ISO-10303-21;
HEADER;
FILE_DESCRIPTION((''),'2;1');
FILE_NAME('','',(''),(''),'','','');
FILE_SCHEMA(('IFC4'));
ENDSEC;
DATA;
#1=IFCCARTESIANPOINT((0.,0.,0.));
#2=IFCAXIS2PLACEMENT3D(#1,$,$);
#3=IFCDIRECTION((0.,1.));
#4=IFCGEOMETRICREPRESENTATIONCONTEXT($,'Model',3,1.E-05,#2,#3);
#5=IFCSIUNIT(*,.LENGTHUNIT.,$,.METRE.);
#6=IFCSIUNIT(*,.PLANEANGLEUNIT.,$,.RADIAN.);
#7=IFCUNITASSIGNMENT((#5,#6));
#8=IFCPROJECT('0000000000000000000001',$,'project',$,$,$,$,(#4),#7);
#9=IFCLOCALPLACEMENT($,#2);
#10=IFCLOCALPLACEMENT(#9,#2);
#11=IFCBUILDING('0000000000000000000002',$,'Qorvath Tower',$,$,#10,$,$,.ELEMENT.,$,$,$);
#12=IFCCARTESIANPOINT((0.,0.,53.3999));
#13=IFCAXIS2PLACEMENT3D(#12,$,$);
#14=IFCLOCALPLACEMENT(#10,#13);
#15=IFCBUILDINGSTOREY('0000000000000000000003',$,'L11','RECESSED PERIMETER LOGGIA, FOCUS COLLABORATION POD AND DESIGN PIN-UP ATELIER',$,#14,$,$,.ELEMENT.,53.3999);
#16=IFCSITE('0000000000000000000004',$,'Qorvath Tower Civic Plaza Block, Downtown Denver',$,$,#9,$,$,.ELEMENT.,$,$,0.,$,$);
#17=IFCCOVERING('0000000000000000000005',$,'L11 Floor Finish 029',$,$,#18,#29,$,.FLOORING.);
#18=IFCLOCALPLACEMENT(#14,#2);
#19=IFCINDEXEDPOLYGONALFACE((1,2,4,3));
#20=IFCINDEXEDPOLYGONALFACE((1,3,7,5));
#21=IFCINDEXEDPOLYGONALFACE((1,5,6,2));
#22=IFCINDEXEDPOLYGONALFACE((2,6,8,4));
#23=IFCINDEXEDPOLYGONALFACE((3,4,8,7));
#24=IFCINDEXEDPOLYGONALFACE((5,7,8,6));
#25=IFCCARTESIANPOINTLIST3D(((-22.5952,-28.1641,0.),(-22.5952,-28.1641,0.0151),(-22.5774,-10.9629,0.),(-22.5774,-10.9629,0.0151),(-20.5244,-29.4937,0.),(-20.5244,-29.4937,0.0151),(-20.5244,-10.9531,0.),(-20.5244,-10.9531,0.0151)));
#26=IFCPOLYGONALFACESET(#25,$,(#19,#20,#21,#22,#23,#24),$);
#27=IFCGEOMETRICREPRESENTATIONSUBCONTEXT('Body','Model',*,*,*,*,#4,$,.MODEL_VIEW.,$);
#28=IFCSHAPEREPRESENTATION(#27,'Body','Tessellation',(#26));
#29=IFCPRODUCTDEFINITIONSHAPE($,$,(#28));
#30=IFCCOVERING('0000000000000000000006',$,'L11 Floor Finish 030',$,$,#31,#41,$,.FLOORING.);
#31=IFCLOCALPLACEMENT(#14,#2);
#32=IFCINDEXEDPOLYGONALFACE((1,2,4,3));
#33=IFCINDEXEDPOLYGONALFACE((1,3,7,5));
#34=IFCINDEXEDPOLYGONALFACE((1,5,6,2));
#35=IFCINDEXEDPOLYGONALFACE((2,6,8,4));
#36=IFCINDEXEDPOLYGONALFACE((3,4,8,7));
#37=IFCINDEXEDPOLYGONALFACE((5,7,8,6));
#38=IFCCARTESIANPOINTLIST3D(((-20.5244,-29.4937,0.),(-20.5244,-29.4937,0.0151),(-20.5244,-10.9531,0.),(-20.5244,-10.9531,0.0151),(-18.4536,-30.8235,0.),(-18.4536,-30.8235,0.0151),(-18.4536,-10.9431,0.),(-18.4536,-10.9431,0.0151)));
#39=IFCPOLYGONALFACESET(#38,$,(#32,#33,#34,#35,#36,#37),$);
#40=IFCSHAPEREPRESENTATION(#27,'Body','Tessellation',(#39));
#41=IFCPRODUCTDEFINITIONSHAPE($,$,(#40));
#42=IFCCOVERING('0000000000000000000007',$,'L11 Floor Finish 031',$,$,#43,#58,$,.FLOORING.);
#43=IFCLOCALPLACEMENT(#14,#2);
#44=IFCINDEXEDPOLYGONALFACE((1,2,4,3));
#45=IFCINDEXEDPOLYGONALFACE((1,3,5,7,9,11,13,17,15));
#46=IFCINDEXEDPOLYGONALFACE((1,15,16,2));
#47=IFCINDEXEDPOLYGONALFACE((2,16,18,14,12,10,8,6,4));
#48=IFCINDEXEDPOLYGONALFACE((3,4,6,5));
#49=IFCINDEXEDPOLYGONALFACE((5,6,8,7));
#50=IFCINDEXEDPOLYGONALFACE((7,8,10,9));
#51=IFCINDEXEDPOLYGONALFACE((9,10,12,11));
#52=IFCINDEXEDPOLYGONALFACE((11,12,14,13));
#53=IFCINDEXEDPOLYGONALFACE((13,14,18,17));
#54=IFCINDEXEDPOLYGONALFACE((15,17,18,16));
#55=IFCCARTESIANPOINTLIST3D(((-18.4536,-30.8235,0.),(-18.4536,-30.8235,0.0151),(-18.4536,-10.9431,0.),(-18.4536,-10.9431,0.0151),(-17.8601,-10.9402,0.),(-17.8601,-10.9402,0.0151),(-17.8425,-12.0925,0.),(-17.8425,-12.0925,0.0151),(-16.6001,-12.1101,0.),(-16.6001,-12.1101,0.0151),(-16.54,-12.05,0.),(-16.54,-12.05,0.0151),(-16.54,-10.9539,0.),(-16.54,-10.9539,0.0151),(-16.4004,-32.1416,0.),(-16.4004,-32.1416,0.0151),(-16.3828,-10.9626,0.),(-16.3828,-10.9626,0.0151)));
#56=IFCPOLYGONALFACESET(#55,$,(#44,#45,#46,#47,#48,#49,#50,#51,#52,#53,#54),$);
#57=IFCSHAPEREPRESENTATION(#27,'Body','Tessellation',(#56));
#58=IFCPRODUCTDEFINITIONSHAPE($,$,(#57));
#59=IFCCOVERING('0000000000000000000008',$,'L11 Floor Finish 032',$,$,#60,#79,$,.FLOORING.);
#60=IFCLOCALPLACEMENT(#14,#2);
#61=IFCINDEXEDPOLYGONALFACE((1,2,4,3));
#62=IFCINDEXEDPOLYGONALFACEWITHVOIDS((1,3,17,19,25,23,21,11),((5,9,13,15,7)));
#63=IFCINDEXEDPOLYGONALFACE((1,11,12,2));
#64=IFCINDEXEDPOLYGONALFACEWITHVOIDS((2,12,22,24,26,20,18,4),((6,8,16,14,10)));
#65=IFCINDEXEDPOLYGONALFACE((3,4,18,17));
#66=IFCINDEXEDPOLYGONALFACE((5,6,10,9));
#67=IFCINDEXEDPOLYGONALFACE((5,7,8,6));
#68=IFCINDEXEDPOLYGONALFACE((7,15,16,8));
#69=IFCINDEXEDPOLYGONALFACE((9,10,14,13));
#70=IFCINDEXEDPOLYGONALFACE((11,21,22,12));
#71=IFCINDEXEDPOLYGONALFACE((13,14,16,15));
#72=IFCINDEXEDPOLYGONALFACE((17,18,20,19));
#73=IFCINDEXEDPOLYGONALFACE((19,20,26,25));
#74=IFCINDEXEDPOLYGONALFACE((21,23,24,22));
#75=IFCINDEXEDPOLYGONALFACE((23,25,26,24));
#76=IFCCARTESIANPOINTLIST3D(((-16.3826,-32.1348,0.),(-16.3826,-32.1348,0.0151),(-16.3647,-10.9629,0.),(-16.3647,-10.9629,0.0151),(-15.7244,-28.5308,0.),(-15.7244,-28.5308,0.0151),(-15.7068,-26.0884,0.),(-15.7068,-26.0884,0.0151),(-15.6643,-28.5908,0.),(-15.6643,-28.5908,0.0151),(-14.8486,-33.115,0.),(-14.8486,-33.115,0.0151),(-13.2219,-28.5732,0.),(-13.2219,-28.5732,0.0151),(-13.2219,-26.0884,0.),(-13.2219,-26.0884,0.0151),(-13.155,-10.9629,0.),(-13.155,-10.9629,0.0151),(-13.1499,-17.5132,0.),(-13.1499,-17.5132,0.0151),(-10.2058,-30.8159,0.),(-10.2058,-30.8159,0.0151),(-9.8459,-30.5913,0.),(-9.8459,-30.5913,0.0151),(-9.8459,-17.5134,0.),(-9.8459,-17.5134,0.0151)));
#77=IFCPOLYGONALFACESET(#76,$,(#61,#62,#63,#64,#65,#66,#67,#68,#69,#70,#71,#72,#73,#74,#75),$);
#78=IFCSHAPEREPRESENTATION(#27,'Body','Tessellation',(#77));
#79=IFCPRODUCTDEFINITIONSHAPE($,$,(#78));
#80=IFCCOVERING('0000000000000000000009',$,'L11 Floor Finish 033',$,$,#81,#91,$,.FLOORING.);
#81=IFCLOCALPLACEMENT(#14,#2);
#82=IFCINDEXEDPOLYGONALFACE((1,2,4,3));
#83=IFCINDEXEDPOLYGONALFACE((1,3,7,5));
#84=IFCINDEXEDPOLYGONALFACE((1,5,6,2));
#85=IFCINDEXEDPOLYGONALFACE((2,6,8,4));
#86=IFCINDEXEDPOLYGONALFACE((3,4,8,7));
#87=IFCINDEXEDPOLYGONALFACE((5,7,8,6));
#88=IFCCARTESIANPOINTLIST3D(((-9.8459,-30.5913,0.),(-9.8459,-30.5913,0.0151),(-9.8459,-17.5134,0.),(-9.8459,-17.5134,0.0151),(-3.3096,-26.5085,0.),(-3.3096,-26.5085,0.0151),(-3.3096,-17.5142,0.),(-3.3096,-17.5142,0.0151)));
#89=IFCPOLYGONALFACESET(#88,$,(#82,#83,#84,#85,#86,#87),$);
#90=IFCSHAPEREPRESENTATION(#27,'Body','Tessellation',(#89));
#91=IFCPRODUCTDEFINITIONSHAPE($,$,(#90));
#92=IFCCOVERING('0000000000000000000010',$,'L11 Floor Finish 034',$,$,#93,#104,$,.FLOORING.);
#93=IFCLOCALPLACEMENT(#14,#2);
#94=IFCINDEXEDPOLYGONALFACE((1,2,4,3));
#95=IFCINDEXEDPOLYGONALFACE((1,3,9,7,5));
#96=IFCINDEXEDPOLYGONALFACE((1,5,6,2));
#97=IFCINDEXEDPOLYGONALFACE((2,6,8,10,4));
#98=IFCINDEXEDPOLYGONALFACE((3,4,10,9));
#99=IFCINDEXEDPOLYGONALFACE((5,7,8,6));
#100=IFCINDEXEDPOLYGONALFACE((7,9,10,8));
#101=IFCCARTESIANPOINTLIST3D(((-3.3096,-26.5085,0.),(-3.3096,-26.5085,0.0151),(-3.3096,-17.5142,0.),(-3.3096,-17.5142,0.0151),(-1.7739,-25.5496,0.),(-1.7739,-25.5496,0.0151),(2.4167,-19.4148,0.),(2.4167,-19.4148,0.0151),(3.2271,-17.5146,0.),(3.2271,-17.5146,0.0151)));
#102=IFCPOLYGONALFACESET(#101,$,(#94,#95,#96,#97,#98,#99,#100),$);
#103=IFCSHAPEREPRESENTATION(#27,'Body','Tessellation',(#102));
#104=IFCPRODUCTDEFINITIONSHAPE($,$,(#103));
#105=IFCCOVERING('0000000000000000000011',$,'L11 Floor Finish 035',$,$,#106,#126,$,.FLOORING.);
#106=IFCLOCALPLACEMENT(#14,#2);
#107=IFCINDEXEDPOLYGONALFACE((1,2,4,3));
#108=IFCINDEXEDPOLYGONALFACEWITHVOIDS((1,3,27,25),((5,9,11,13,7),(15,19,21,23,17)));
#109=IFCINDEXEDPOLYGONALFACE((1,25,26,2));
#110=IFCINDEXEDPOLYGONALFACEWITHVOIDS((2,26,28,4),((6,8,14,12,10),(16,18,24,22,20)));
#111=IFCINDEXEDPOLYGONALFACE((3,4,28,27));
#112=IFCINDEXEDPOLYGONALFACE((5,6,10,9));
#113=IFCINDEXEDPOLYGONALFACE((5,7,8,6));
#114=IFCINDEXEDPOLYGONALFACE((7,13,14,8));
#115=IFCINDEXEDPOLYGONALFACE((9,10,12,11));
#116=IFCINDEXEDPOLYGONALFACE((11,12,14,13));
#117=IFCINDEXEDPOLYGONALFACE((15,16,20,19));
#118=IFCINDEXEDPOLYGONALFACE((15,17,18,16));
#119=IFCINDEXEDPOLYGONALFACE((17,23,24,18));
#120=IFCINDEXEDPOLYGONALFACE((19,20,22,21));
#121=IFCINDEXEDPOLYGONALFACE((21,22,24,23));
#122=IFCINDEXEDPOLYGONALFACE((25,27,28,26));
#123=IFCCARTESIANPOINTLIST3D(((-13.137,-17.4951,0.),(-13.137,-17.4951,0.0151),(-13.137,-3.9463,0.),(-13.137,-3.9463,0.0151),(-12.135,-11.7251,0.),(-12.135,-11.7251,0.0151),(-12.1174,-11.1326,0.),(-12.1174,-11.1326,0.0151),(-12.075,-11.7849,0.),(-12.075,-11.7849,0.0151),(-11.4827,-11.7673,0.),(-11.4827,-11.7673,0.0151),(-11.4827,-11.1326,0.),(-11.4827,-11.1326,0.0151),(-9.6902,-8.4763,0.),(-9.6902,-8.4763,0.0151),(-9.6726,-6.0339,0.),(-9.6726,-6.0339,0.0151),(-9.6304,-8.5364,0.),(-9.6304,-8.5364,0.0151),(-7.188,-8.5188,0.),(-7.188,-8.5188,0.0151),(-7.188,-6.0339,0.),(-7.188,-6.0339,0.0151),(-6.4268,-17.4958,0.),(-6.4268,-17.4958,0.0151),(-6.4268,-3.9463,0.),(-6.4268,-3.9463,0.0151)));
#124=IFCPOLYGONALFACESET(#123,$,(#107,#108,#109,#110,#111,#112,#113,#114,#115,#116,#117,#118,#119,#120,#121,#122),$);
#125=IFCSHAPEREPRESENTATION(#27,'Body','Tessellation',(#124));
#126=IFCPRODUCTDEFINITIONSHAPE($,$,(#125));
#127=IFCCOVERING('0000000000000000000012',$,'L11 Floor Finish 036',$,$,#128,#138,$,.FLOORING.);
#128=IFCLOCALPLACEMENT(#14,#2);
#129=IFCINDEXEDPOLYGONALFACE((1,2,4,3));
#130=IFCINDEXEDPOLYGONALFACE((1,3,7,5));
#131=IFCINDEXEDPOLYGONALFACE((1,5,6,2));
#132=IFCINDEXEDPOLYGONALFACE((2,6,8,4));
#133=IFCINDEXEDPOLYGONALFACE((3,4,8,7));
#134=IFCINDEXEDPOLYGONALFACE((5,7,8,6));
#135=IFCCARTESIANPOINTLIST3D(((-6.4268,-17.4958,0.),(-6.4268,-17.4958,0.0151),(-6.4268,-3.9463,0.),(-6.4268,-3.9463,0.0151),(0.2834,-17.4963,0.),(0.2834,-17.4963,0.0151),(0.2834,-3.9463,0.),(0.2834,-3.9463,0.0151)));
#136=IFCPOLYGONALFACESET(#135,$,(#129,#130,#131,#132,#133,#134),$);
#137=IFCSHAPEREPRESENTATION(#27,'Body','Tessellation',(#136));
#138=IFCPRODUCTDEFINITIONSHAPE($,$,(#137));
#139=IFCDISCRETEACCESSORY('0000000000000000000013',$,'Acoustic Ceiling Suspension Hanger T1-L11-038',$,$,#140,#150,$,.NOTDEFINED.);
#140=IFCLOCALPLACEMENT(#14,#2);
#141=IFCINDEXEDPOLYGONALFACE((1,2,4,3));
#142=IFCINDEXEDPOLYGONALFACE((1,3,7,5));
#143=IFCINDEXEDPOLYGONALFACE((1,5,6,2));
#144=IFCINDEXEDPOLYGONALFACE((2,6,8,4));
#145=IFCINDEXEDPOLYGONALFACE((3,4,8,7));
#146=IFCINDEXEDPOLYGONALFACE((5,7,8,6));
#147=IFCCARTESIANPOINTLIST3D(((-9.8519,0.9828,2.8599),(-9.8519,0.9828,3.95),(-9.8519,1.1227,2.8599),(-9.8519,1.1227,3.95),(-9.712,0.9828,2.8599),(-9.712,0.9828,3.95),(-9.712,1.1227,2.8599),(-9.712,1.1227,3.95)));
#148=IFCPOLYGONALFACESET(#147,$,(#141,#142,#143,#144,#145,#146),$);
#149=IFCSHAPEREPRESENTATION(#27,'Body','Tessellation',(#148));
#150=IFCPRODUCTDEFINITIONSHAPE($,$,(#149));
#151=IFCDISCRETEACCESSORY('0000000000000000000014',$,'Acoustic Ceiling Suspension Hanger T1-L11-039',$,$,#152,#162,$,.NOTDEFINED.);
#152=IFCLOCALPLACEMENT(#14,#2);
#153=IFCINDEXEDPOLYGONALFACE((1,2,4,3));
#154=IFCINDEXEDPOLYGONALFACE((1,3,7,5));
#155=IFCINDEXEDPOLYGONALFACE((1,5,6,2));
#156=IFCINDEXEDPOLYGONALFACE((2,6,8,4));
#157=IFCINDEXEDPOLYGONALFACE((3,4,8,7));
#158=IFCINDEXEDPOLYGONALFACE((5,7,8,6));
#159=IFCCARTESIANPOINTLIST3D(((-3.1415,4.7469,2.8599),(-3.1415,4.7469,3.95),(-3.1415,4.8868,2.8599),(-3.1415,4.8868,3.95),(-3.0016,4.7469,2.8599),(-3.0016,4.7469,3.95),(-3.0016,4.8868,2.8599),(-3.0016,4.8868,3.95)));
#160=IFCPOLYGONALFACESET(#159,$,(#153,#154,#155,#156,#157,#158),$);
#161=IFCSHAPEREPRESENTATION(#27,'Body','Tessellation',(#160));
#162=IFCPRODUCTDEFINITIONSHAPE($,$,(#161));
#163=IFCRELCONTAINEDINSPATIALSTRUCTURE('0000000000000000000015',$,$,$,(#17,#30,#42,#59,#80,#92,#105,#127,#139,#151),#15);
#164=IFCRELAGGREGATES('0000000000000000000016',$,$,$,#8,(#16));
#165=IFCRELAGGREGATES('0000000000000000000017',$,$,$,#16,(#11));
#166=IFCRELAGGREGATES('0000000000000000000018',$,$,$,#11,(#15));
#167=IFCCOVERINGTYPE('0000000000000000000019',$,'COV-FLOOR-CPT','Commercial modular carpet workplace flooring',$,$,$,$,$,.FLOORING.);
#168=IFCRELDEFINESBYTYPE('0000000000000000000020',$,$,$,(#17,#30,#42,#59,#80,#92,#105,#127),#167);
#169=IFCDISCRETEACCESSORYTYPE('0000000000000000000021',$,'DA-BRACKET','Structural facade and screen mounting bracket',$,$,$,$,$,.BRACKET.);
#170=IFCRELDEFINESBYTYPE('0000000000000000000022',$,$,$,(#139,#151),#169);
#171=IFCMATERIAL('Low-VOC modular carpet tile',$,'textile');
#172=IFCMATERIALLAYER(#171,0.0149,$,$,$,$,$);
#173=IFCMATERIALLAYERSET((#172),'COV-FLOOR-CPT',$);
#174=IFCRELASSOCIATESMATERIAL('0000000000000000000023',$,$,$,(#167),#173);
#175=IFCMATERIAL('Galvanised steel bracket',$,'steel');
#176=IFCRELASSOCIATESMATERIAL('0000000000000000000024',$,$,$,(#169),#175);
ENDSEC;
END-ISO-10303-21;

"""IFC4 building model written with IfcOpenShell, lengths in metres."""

from ifc_helpers import new_model, si_unit, direction, frame, origin, origin_2d, place, context, subcontext, project, spatial, polyline, rectangle, outline, extrude, material, layer, layer_set, type_object, element, save


model = new_model("IFC4")

# Units and contexts
model_context = context("Model", 3, precision=1e-05, world=origin(), true_north=direction((0.0, 1.0)))
body_context = subcontext(model_context, "Body", "Model", "MODEL_VIEW")
ifc_project = project(units=[si_unit("LENGTHUNIT", "METRE"), si_unit("PLANEANGLEUNIT", "RADIAN")], contexts=[model_context])

# Site, building, storey
site_placement = place(None, origin())
site = spatial("IfcSite", under=ifc_project, at=site_placement, Name="Qorvath Tower Civic Plaza Block, Downtown Denver", CompositionType="ELEMENT", RefElevation=0.0)
building_placement = place(site_placement, origin())
building = spatial("IfcBuilding", under=site, at=building_placement, Name="Qorvath Tower", CompositionType="ELEMENT")
storey_placement = place(building_placement, frame((0.0, 0.0, 53.3999)))
storey = spatial("IfcBuildingStorey", under=building, at=storey_placement, Name="L11", Description="RECESSED PERIMETER LOGGIA, FOCUS COLLABORATION POD AND DESIGN PIN-UP ATELIER", CompositionType="ELEMENT", Elevation=53.3999)

# Coverings
ifc_material_1 = material(Name="Low-VOC modular carpet tile", Category="textile")
ifc_layer_1 = layer(ifc_material_1, 0.0149)
ifc_layer_set_1 = layer_set([ifc_layer_1], Name="COV-FLOOR-CPT")
covering_type_1 = type_object("IfcCoveringType", Name="COV-FLOOR-CPT", Description="Commercial modular carpet workplace flooring", PredefinedType="FLOORING", material=ifc_layer_set_1)
covering_1_placement = place(storey_placement, origin())
element("IfcCovering", 1, at=covering_1_placement, inside=storey, type_object=covering_type_1, Name="L11 Floor Finish 029", PredefinedType="FLOORING", context=body_context, shape_type="SweptSolid", body=[
    extrude(outline(polyline([(-20.5244, -29.4937), (-20.5244, -10.9531), (-22.5774, -10.9629), (-22.5952, -28.1641), (-20.5244, -29.4937)])), origin(), (0.0, 0.0, 1.0), 0.0151),
])
covering_2_placement = place(storey_placement, origin())
element("IfcCovering", 2, at=covering_2_placement, inside=storey, type_object=covering_type_1, Name="L11 Floor Finish 030", PredefinedType="FLOORING", context=body_context, shape_type="SweptSolid", body=[
    extrude(outline(polyline([(-18.4536, -30.8235), (-18.4536, -10.9431), (-20.5244, -10.9531), (-20.5244, -29.4937), (-18.4536, -30.8235)])), origin(), (0.0, 0.0, 1.0), 0.0151),
])
covering_3_placement = place(storey_placement, origin())
element("IfcCovering", 3, at=covering_3_placement, inside=storey, type_object=covering_type_1, Name="L11 Floor Finish 031", PredefinedType="FLOORING", context=body_context, shape_type="SweptSolid", body=[
    extrude(outline(polyline([(-16.4004, -32.1416), (-16.3828, -10.9626), (-16.54, -10.9539), (-16.54, -12.05), (-16.6001, -12.1101), (-17.8425, -12.0925), (-17.8601, -10.9402), (-18.4536, -10.9431), (-18.4536, -30.8235), (-16.4004, -32.1416)])), origin(), (0.0, 0.0, 1.0), 0.0151),
])
covering_4_placement = place(storey_placement, origin())
element("IfcCovering", 4, at=covering_4_placement, inside=storey, type_object=covering_type_1, Name="L11 Floor Finish 032", PredefinedType="FLOORING", context=body_context, shape_type="SweptSolid", body=[
    extrude(outline(polyline([(-14.8486, -33.115), (-10.2058, -30.8159), (-9.8459, -30.5913), (-9.8459, -17.5134), (-13.1499, -17.5132), (-13.155, -10.9629), (-16.3647, -10.9629), (-16.3826, -32.1348), (-14.8486, -33.115)]), holes=[polyline([(-15.7244, -28.5308), (-15.7068, -26.0884), (-13.2219, -26.0884), (-13.2219, -28.5732), (-15.6643, -28.5908), (-15.7244, -28.5308)])]), origin(), (0.0, 0.0, 1.0), 0.0151),
])
covering_5_placement = place(storey_placement, origin())
element("IfcCovering", 5, at=covering_5_placement, inside=storey, type_object=covering_type_1, Name="L11 Floor Finish 033", PredefinedType="FLOORING", context=body_context, shape_type="SweptSolid", body=[
    extrude(outline(polyline([(-9.8459, -17.5134), (-9.8459, -30.5913), (-3.3096, -26.5085), (-3.3096, -17.5142), (-9.8459, -17.5134)])), origin(), (0.0, 0.0, 1.0), 0.0151),
])
covering_6_placement = place(storey_placement, origin())
element("IfcCovering", 6, at=covering_6_placement, inside=storey, type_object=covering_type_1, Name="L11 Floor Finish 034", PredefinedType="FLOORING", context=body_context, shape_type="SweptSolid", body=[
    extrude(outline(polyline([(-3.3096, -17.5142), (-3.3096, -26.5085), (-1.7739, -25.5496), (2.4167, -19.4148), (3.2271, -17.5146), (-3.3096, -17.5142)])), origin(), (0.0, 0.0, 1.0), 0.0151),
])
covering_7_placement = place(storey_placement, origin())
element("IfcCovering", 7, at=covering_7_placement, inside=storey, type_object=covering_type_1, Name="L11 Floor Finish 035", PredefinedType="FLOORING", context=body_context, shape_type="SweptSolid", body=[
    extrude(outline(polyline([(-6.4268, -17.4958), (-6.4268, -3.9463), (-13.137, -3.9463), (-13.137, -17.4951), (-6.4268, -17.4958)]), holes=[polyline([(-9.6902, -8.4763), (-9.6726, -6.0339), (-7.188, -6.0339), (-7.188, -8.5188), (-9.6304, -8.5364), (-9.6902, -8.4763)]), polyline([(-12.135, -11.7251), (-12.1174, -11.1326), (-11.4827, -11.1326), (-11.4827, -11.7673), (-12.075, -11.7849), (-12.135, -11.7251)])]), origin(), (0.0, 0.0, 1.0), 0.0151),
])
covering_8_placement = place(storey_placement, origin())
element("IfcCovering", 8, at=covering_8_placement, inside=storey, type_object=covering_type_1, Name="L11 Floor Finish 036", PredefinedType="FLOORING", context=body_context, shape_type="SweptSolid", body=[
    extrude(outline(polyline([(0.2834, -17.4963), (0.2834, -3.9463), (-6.4268, -3.9463), (-6.4268, -17.4958), (0.2834, -17.4963)])), origin(), (0.0, 0.0, 1.0), 0.0151),
])

# Discrete accessories
ifc_material_2 = material(Name="Galvanised steel bracket", Category="steel")
discrete_accessory_type = type_object("IfcDiscreteAccessoryType", Name="DA-BRACKET", Description="Structural facade and screen mounting bracket", PredefinedType="BRACKET", material=ifc_material_2)
for number, where, z_axis, x_axis, name in (
    (9, (-9.782, 1.0527, 2.8599), (0.0, 0.0, 1.0), (1.0, 0.0, 0.0), "Acoustic Ceiling Suspension Hanger T1-L11-038"),
    (10, (-3.0715, 4.8169, 2.8599), (0.0, 0.0, 1.0), (1.0, 0.0, 0.0), "Acoustic Ceiling Suspension Hanger T1-L11-039"),
):
    element("IfcDiscreteAccessory", number, at=place(storey_placement, frame(where, z_axis=z_axis, x_axis=x_axis)), inside=storey, type_object=discrete_accessory_type, Name=name, PredefinedType="NOTDEFINED", context=body_context, shape_type="SweptSolid", body=[
        extrude(rectangle(XDim=0.1399, YDim=0.1399, at=origin_2d()), origin(), (0.0, 0.0, 1.0), 1.0901),
    ])

save(model, "model.ifc")
